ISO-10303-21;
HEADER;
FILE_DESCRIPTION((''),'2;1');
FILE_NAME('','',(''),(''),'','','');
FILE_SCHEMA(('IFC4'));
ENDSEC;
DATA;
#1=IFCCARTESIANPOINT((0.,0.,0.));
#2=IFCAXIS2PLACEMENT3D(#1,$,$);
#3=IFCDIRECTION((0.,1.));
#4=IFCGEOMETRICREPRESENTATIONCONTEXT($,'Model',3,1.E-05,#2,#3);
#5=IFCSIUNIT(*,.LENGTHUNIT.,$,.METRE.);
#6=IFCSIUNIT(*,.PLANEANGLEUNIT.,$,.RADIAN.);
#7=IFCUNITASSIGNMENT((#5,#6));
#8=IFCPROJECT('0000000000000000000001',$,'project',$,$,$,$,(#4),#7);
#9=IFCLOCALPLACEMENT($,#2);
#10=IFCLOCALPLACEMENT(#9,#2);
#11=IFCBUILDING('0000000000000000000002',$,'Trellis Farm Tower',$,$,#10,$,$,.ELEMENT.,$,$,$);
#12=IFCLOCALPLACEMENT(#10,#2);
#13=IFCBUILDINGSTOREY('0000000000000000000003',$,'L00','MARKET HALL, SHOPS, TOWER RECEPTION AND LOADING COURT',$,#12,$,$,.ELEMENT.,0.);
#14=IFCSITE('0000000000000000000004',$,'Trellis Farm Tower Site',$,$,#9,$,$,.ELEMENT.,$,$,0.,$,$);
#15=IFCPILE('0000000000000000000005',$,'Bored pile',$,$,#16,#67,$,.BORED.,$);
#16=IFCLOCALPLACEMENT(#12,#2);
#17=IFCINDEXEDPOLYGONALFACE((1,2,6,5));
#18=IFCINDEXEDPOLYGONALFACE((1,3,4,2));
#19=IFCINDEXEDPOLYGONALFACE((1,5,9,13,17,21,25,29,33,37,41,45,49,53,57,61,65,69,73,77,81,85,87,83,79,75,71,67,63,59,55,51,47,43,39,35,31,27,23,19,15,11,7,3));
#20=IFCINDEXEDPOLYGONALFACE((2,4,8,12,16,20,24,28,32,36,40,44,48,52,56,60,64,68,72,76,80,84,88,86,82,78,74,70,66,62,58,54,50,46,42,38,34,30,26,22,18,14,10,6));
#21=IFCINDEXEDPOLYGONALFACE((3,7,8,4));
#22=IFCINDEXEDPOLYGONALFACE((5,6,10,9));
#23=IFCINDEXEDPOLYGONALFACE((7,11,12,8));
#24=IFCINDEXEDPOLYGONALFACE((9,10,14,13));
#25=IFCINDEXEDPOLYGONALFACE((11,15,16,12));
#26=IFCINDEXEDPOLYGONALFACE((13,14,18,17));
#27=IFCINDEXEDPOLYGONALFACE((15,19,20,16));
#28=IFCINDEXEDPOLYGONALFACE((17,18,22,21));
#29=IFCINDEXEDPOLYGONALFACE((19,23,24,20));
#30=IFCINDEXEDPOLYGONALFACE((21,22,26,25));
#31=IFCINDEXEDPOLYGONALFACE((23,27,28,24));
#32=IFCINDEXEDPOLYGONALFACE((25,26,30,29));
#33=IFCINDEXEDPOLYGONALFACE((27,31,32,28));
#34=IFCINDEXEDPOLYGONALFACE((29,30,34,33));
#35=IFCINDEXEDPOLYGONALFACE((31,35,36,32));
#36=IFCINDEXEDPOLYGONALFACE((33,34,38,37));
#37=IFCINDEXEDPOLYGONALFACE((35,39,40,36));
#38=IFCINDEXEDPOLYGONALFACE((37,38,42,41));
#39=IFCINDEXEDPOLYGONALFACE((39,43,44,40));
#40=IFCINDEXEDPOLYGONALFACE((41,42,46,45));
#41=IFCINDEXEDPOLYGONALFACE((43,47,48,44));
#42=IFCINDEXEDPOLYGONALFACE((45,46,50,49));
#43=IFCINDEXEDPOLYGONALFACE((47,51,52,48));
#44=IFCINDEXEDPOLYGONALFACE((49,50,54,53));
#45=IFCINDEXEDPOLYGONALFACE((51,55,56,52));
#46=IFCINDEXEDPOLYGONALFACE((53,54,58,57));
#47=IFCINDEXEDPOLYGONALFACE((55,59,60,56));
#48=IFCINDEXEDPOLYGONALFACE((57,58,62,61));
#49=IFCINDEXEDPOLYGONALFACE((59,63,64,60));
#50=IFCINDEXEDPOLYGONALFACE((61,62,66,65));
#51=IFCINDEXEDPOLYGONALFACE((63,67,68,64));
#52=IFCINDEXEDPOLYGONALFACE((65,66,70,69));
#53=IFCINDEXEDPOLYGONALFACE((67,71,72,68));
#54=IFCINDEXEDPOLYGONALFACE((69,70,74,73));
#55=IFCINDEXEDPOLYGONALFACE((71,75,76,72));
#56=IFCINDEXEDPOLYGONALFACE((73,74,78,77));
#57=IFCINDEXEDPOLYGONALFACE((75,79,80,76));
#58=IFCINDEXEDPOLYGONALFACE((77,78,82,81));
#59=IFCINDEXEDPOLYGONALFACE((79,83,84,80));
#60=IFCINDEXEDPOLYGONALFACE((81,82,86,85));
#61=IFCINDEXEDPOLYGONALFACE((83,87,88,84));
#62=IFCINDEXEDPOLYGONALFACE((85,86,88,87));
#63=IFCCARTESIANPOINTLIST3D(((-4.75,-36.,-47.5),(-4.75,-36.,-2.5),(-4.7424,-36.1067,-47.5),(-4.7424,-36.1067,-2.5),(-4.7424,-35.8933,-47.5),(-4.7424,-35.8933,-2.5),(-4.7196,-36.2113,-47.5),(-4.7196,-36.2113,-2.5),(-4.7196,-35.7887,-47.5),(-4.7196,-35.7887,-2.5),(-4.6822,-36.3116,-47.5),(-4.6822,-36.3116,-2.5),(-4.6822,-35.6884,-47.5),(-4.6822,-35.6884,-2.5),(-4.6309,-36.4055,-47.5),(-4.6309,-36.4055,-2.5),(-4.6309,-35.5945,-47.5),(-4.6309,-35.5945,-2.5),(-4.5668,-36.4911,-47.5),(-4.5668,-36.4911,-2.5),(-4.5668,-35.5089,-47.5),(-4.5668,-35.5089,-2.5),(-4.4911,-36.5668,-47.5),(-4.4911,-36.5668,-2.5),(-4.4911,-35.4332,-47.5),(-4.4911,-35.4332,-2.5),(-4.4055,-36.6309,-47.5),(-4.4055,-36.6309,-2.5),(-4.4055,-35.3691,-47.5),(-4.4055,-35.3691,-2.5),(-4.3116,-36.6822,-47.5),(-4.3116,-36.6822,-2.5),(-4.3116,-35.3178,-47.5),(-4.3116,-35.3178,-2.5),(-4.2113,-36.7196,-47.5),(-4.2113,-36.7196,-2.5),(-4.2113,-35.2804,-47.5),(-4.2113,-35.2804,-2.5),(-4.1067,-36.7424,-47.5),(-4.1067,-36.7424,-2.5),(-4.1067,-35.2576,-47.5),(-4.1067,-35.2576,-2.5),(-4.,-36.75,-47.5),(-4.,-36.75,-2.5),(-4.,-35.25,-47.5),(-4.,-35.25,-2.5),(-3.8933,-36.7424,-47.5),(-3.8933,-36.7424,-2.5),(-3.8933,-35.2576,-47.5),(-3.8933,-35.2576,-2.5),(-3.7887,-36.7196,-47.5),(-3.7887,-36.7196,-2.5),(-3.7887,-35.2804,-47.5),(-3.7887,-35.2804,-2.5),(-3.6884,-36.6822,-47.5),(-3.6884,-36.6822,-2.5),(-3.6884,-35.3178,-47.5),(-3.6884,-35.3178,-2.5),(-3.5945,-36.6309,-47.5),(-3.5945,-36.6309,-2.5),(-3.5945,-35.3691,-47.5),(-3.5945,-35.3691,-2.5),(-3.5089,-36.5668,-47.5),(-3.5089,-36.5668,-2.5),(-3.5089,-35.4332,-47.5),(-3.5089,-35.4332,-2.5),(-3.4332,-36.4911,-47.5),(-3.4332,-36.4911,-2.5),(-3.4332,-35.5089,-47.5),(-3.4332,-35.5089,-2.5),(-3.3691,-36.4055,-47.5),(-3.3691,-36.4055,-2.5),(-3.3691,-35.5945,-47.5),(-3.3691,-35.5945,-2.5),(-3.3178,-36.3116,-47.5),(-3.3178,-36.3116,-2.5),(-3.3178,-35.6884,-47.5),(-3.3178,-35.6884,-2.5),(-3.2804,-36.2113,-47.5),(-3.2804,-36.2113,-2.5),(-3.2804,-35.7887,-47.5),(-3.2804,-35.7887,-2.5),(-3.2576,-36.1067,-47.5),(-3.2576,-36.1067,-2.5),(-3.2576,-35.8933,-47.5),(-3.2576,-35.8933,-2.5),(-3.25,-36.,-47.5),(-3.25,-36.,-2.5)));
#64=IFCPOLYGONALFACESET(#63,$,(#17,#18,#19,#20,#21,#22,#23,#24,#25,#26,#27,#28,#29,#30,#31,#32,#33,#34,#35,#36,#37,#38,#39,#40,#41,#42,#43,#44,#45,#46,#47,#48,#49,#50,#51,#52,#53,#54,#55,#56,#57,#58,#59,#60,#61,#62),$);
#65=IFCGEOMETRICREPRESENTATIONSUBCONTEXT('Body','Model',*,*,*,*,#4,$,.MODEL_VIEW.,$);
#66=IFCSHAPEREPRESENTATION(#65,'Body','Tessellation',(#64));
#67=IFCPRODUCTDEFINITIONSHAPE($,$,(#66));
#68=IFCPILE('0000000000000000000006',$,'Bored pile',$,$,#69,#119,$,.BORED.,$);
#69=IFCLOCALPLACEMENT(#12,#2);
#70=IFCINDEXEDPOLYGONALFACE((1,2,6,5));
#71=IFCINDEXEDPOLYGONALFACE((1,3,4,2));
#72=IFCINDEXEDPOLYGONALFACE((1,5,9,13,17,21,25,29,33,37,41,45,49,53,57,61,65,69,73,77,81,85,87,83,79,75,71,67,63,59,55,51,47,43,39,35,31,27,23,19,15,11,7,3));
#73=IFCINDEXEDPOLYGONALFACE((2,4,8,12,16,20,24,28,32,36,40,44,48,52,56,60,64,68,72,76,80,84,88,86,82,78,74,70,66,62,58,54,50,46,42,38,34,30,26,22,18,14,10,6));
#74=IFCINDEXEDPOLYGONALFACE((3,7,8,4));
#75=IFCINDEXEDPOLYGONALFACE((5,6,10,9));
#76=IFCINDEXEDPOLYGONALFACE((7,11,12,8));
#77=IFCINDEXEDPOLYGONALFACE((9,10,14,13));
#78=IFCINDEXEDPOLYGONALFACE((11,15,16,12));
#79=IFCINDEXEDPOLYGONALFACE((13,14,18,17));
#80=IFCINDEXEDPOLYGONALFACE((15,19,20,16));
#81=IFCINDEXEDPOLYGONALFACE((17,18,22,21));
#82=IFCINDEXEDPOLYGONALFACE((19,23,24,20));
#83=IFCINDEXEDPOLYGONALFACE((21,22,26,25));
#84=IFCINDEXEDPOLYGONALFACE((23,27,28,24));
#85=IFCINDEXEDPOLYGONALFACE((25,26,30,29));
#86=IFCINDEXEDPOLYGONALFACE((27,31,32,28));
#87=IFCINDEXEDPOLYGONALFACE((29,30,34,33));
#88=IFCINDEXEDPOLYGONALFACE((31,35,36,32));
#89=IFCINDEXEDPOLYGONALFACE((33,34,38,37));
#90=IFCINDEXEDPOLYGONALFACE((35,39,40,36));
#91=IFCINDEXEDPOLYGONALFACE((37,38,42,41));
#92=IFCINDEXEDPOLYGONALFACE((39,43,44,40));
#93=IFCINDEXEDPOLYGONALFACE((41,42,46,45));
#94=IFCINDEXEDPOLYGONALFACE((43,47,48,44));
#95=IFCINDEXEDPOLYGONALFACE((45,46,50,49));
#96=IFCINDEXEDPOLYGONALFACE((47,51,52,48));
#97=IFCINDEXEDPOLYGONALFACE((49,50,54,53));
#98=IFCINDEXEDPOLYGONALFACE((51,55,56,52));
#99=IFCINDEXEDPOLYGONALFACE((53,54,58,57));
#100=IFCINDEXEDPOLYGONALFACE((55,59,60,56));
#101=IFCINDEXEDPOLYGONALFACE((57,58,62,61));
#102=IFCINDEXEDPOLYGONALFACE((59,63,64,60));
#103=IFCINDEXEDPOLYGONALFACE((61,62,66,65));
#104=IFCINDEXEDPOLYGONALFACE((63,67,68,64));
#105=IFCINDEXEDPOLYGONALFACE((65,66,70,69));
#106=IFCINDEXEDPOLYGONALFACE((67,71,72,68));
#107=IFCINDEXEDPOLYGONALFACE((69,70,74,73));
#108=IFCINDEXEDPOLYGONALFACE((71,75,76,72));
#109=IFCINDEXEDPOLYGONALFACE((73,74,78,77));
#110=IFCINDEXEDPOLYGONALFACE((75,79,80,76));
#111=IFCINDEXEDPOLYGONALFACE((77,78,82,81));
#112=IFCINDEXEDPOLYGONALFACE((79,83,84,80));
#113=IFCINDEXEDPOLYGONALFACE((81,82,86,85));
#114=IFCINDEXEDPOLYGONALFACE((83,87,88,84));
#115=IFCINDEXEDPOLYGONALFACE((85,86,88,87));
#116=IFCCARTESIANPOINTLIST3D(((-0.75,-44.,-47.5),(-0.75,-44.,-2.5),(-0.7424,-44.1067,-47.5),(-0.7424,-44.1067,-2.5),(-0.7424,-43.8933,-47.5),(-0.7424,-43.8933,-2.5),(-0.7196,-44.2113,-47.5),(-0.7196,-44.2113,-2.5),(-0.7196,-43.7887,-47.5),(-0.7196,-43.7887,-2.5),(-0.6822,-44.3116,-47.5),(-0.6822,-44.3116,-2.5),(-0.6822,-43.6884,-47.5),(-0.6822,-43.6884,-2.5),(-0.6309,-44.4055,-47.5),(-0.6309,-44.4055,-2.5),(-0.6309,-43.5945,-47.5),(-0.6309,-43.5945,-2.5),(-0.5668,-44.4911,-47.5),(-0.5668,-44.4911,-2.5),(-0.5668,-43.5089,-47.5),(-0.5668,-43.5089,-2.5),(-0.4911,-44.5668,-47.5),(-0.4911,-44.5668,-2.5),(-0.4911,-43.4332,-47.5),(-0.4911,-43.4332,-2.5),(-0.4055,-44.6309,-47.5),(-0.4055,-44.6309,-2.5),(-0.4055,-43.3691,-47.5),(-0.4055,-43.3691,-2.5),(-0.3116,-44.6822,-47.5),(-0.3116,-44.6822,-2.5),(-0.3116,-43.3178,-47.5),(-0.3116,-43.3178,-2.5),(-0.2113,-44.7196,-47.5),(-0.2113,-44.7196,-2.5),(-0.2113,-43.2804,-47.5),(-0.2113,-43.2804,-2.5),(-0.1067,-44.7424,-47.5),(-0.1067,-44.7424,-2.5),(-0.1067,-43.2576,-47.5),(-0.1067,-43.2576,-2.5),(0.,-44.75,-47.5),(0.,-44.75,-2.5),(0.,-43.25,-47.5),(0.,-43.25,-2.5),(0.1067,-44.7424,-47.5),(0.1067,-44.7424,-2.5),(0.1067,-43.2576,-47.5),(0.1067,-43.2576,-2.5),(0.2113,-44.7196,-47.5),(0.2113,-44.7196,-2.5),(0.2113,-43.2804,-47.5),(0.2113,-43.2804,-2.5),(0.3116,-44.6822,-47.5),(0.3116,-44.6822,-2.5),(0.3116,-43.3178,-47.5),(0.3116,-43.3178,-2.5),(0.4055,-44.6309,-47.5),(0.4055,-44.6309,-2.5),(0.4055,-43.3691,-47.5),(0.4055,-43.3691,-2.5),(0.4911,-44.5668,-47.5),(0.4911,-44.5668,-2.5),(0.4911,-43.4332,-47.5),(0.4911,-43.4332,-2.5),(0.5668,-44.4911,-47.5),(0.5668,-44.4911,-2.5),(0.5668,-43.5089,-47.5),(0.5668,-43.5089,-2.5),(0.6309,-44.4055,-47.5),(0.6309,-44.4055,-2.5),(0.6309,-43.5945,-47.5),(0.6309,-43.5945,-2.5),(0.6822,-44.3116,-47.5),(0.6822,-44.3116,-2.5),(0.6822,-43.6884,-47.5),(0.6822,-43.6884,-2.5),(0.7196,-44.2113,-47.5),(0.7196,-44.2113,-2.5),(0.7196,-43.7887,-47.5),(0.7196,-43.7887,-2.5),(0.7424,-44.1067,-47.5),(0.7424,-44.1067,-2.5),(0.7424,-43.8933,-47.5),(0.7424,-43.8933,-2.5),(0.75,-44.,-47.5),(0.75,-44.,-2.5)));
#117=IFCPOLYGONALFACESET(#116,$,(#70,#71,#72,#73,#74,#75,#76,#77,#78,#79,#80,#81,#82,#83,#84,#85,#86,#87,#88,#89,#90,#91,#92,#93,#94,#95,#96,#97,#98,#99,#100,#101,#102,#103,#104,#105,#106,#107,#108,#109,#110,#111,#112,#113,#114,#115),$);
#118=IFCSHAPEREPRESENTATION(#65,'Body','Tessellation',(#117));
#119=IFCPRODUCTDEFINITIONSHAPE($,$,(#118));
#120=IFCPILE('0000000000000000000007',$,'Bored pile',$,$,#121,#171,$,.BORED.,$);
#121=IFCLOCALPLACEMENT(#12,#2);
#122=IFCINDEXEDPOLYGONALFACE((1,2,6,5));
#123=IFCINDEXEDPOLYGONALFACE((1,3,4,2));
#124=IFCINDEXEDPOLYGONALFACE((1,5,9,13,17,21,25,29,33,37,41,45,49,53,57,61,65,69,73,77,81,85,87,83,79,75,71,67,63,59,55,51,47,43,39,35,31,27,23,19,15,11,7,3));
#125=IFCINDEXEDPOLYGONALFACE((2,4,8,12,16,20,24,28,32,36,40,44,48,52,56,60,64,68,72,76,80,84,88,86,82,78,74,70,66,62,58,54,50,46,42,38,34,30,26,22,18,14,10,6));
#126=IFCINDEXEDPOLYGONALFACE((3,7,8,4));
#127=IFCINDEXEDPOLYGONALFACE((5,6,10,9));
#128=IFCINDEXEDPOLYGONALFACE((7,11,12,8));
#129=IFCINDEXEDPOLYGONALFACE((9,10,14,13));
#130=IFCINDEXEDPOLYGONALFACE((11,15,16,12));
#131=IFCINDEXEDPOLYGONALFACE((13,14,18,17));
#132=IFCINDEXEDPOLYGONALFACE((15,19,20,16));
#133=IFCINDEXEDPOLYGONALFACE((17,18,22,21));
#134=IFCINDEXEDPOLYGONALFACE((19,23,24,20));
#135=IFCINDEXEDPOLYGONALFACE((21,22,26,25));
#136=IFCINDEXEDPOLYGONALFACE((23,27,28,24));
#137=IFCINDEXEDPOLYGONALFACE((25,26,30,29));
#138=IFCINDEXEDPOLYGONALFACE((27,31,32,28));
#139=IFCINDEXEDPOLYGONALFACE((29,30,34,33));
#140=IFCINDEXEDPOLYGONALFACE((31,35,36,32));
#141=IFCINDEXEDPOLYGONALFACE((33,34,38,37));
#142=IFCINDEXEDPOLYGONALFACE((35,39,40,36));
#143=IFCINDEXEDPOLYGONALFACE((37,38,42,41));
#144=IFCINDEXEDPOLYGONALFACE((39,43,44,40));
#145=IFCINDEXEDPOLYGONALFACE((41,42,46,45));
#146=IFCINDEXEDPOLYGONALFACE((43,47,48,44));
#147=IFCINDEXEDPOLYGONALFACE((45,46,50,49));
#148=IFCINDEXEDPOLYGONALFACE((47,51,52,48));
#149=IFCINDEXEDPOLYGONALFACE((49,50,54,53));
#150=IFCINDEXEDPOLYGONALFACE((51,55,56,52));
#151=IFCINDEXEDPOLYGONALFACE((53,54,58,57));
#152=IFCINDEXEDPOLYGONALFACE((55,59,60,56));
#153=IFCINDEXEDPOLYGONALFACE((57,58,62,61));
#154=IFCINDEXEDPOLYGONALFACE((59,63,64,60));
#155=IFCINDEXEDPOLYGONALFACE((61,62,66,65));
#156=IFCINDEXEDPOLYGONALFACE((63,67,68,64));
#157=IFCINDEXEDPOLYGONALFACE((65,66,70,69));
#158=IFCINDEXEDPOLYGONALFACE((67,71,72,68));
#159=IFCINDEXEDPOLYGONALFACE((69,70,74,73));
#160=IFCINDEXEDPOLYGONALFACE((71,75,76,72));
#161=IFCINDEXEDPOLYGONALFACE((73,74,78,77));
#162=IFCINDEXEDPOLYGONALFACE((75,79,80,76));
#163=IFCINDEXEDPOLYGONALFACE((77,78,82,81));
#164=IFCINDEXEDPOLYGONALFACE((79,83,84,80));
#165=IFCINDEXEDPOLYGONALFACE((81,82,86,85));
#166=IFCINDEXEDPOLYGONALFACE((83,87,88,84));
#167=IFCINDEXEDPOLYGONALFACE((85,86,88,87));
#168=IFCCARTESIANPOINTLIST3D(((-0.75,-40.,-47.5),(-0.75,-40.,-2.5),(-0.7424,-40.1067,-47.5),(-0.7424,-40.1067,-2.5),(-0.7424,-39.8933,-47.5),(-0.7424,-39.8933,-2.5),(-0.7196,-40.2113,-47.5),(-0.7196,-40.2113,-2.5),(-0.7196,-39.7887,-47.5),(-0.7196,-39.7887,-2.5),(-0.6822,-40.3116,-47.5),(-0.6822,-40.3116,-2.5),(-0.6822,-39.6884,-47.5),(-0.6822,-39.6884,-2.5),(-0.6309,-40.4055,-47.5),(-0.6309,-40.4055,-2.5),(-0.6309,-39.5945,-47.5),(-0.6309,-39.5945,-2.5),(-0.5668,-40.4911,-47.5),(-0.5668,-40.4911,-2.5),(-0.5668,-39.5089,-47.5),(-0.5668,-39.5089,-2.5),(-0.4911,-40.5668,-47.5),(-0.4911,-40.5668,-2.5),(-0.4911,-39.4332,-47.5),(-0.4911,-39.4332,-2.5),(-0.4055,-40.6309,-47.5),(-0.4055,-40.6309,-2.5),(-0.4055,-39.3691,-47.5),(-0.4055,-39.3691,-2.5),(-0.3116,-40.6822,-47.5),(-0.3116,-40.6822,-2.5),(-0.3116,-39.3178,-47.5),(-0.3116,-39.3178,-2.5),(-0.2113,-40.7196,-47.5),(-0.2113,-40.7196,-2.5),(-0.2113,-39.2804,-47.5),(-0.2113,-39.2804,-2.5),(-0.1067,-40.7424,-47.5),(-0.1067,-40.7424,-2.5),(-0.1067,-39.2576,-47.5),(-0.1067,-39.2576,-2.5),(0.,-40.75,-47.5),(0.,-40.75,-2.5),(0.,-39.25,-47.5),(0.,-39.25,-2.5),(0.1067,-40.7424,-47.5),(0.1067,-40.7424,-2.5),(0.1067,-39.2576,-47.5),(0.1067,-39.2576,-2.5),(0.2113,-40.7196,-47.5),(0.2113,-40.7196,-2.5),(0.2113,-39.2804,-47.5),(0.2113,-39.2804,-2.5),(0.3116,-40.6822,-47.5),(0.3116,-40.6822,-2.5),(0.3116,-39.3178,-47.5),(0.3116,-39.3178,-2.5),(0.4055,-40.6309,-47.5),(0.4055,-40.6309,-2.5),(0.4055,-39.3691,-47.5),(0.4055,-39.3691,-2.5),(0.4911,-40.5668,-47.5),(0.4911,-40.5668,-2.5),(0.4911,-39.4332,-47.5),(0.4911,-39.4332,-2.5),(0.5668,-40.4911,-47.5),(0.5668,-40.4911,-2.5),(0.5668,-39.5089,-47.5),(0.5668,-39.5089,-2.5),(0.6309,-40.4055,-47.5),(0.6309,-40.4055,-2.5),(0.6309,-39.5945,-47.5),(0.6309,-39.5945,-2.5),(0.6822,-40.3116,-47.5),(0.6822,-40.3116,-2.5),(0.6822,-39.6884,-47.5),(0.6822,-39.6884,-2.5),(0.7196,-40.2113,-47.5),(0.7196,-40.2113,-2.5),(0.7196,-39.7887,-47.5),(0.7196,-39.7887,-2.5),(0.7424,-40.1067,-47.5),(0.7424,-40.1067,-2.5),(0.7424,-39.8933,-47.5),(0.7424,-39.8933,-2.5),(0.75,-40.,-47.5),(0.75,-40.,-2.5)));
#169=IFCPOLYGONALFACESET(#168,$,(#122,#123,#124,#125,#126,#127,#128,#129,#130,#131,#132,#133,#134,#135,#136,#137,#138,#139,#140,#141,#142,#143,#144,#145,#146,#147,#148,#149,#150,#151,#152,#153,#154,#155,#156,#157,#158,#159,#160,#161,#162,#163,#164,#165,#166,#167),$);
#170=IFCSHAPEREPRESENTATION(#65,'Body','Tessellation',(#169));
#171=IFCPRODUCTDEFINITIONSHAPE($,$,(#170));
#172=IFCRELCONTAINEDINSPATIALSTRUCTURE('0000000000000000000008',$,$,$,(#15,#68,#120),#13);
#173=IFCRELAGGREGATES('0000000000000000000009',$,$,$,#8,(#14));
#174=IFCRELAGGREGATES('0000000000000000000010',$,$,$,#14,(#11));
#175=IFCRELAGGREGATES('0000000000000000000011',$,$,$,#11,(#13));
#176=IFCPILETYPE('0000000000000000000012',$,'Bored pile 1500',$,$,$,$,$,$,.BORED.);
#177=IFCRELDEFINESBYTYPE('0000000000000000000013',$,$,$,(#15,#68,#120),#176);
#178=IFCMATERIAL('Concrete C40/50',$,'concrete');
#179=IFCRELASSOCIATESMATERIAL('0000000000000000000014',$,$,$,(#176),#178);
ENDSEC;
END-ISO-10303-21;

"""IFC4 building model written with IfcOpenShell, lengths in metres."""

from ifc_helpers import new_model, si_unit, direction, frame, origin, origin_2d, place, context, subcontext, project, spatial, circle, extrude, source, transform, mapped, material, material_profile, profile_set, type_object, element, save


model = new_model("IFC4")

# Units and contexts
model_context = context("Model", 3, precision=1e-05, world=origin(), true_north=direction((0.0, 1.0)))
body_context = subcontext(model_context, "Body", "Model", "MODEL_VIEW")
ifc_project = project(units=[si_unit("LENGTHUNIT", "METRE"), si_unit("PLANEANGLEUNIT", "RADIAN")], contexts=[model_context])

# Site, building, storey
site_placement = place(None, origin())
site = spatial("IfcSite", under=ifc_project, at=site_placement, Name="Trellis Farm Tower Site", CompositionType="ELEMENT", RefElevation=0.0)
building_placement = place(site_placement, origin())
building = spatial("IfcBuilding", under=site, at=building_placement, Name="Trellis Farm Tower", CompositionType="ELEMENT")
storey_placement = place(building_placement, origin())
storey = spatial("IfcBuildingStorey", under=building, at=storey_placement, Name="L00", Description="MARKET HALL, SHOPS, TOWER RECEPTION AND LOADING COURT", CompositionType="ELEMENT", Elevation=0.0)

# Piles
ifc_material_1 = material(Name="Concrete C40/50", Category="concrete")
ifc_material_profile_1 = material_profile(ifc_material_1, circle(Radius=0.75, at=origin_2d()), Name="Bored pile 1500")
ifc_profile_set_1 = profile_set([ifc_material_profile_1], Name="Concrete C40/50")
pile_type = type_object("IfcPileType", Name="Bored pile 1500", PredefinedType="BORED", material=ifc_profile_set_1)
shared_shape_1 = source(origin(), body_context, "Body", "SweptSolid", [
    extrude(circle(Radius=0.75, at=origin_2d()), origin(), (0.0, 0.0, 1.0), 45.0),
])
for number, where, z_axis, x_axis, name in (
    (1, (-4.0, -36.0, -2.5), (0.0, 0.0, -1.0), (1.0, 0.0, 0.0), "Bored pile"),
    (2, (0.0, -44.0, -2.5), (0.0, 0.0, -1.0), (1.0, 0.0, 0.0), "Bored pile"),
    (3, (0.0, -40.0, -2.5), (0.0, 0.0, -1.0), (1.0, 0.0, 0.0), "Bored pile"),
):
    element("IfcPile", number, at=place(storey_placement, frame(where, z_axis=z_axis, x_axis=x_axis)), inside=storey, type_object=pile_type, Name=name, PredefinedType="BORED", context=body_context, shape_type="MappedRepresentation", body=[
        mapped(shared_shape_1, transform((0.0, 0.0, 0.0))),
    ])

save(model, "model.ifc")
